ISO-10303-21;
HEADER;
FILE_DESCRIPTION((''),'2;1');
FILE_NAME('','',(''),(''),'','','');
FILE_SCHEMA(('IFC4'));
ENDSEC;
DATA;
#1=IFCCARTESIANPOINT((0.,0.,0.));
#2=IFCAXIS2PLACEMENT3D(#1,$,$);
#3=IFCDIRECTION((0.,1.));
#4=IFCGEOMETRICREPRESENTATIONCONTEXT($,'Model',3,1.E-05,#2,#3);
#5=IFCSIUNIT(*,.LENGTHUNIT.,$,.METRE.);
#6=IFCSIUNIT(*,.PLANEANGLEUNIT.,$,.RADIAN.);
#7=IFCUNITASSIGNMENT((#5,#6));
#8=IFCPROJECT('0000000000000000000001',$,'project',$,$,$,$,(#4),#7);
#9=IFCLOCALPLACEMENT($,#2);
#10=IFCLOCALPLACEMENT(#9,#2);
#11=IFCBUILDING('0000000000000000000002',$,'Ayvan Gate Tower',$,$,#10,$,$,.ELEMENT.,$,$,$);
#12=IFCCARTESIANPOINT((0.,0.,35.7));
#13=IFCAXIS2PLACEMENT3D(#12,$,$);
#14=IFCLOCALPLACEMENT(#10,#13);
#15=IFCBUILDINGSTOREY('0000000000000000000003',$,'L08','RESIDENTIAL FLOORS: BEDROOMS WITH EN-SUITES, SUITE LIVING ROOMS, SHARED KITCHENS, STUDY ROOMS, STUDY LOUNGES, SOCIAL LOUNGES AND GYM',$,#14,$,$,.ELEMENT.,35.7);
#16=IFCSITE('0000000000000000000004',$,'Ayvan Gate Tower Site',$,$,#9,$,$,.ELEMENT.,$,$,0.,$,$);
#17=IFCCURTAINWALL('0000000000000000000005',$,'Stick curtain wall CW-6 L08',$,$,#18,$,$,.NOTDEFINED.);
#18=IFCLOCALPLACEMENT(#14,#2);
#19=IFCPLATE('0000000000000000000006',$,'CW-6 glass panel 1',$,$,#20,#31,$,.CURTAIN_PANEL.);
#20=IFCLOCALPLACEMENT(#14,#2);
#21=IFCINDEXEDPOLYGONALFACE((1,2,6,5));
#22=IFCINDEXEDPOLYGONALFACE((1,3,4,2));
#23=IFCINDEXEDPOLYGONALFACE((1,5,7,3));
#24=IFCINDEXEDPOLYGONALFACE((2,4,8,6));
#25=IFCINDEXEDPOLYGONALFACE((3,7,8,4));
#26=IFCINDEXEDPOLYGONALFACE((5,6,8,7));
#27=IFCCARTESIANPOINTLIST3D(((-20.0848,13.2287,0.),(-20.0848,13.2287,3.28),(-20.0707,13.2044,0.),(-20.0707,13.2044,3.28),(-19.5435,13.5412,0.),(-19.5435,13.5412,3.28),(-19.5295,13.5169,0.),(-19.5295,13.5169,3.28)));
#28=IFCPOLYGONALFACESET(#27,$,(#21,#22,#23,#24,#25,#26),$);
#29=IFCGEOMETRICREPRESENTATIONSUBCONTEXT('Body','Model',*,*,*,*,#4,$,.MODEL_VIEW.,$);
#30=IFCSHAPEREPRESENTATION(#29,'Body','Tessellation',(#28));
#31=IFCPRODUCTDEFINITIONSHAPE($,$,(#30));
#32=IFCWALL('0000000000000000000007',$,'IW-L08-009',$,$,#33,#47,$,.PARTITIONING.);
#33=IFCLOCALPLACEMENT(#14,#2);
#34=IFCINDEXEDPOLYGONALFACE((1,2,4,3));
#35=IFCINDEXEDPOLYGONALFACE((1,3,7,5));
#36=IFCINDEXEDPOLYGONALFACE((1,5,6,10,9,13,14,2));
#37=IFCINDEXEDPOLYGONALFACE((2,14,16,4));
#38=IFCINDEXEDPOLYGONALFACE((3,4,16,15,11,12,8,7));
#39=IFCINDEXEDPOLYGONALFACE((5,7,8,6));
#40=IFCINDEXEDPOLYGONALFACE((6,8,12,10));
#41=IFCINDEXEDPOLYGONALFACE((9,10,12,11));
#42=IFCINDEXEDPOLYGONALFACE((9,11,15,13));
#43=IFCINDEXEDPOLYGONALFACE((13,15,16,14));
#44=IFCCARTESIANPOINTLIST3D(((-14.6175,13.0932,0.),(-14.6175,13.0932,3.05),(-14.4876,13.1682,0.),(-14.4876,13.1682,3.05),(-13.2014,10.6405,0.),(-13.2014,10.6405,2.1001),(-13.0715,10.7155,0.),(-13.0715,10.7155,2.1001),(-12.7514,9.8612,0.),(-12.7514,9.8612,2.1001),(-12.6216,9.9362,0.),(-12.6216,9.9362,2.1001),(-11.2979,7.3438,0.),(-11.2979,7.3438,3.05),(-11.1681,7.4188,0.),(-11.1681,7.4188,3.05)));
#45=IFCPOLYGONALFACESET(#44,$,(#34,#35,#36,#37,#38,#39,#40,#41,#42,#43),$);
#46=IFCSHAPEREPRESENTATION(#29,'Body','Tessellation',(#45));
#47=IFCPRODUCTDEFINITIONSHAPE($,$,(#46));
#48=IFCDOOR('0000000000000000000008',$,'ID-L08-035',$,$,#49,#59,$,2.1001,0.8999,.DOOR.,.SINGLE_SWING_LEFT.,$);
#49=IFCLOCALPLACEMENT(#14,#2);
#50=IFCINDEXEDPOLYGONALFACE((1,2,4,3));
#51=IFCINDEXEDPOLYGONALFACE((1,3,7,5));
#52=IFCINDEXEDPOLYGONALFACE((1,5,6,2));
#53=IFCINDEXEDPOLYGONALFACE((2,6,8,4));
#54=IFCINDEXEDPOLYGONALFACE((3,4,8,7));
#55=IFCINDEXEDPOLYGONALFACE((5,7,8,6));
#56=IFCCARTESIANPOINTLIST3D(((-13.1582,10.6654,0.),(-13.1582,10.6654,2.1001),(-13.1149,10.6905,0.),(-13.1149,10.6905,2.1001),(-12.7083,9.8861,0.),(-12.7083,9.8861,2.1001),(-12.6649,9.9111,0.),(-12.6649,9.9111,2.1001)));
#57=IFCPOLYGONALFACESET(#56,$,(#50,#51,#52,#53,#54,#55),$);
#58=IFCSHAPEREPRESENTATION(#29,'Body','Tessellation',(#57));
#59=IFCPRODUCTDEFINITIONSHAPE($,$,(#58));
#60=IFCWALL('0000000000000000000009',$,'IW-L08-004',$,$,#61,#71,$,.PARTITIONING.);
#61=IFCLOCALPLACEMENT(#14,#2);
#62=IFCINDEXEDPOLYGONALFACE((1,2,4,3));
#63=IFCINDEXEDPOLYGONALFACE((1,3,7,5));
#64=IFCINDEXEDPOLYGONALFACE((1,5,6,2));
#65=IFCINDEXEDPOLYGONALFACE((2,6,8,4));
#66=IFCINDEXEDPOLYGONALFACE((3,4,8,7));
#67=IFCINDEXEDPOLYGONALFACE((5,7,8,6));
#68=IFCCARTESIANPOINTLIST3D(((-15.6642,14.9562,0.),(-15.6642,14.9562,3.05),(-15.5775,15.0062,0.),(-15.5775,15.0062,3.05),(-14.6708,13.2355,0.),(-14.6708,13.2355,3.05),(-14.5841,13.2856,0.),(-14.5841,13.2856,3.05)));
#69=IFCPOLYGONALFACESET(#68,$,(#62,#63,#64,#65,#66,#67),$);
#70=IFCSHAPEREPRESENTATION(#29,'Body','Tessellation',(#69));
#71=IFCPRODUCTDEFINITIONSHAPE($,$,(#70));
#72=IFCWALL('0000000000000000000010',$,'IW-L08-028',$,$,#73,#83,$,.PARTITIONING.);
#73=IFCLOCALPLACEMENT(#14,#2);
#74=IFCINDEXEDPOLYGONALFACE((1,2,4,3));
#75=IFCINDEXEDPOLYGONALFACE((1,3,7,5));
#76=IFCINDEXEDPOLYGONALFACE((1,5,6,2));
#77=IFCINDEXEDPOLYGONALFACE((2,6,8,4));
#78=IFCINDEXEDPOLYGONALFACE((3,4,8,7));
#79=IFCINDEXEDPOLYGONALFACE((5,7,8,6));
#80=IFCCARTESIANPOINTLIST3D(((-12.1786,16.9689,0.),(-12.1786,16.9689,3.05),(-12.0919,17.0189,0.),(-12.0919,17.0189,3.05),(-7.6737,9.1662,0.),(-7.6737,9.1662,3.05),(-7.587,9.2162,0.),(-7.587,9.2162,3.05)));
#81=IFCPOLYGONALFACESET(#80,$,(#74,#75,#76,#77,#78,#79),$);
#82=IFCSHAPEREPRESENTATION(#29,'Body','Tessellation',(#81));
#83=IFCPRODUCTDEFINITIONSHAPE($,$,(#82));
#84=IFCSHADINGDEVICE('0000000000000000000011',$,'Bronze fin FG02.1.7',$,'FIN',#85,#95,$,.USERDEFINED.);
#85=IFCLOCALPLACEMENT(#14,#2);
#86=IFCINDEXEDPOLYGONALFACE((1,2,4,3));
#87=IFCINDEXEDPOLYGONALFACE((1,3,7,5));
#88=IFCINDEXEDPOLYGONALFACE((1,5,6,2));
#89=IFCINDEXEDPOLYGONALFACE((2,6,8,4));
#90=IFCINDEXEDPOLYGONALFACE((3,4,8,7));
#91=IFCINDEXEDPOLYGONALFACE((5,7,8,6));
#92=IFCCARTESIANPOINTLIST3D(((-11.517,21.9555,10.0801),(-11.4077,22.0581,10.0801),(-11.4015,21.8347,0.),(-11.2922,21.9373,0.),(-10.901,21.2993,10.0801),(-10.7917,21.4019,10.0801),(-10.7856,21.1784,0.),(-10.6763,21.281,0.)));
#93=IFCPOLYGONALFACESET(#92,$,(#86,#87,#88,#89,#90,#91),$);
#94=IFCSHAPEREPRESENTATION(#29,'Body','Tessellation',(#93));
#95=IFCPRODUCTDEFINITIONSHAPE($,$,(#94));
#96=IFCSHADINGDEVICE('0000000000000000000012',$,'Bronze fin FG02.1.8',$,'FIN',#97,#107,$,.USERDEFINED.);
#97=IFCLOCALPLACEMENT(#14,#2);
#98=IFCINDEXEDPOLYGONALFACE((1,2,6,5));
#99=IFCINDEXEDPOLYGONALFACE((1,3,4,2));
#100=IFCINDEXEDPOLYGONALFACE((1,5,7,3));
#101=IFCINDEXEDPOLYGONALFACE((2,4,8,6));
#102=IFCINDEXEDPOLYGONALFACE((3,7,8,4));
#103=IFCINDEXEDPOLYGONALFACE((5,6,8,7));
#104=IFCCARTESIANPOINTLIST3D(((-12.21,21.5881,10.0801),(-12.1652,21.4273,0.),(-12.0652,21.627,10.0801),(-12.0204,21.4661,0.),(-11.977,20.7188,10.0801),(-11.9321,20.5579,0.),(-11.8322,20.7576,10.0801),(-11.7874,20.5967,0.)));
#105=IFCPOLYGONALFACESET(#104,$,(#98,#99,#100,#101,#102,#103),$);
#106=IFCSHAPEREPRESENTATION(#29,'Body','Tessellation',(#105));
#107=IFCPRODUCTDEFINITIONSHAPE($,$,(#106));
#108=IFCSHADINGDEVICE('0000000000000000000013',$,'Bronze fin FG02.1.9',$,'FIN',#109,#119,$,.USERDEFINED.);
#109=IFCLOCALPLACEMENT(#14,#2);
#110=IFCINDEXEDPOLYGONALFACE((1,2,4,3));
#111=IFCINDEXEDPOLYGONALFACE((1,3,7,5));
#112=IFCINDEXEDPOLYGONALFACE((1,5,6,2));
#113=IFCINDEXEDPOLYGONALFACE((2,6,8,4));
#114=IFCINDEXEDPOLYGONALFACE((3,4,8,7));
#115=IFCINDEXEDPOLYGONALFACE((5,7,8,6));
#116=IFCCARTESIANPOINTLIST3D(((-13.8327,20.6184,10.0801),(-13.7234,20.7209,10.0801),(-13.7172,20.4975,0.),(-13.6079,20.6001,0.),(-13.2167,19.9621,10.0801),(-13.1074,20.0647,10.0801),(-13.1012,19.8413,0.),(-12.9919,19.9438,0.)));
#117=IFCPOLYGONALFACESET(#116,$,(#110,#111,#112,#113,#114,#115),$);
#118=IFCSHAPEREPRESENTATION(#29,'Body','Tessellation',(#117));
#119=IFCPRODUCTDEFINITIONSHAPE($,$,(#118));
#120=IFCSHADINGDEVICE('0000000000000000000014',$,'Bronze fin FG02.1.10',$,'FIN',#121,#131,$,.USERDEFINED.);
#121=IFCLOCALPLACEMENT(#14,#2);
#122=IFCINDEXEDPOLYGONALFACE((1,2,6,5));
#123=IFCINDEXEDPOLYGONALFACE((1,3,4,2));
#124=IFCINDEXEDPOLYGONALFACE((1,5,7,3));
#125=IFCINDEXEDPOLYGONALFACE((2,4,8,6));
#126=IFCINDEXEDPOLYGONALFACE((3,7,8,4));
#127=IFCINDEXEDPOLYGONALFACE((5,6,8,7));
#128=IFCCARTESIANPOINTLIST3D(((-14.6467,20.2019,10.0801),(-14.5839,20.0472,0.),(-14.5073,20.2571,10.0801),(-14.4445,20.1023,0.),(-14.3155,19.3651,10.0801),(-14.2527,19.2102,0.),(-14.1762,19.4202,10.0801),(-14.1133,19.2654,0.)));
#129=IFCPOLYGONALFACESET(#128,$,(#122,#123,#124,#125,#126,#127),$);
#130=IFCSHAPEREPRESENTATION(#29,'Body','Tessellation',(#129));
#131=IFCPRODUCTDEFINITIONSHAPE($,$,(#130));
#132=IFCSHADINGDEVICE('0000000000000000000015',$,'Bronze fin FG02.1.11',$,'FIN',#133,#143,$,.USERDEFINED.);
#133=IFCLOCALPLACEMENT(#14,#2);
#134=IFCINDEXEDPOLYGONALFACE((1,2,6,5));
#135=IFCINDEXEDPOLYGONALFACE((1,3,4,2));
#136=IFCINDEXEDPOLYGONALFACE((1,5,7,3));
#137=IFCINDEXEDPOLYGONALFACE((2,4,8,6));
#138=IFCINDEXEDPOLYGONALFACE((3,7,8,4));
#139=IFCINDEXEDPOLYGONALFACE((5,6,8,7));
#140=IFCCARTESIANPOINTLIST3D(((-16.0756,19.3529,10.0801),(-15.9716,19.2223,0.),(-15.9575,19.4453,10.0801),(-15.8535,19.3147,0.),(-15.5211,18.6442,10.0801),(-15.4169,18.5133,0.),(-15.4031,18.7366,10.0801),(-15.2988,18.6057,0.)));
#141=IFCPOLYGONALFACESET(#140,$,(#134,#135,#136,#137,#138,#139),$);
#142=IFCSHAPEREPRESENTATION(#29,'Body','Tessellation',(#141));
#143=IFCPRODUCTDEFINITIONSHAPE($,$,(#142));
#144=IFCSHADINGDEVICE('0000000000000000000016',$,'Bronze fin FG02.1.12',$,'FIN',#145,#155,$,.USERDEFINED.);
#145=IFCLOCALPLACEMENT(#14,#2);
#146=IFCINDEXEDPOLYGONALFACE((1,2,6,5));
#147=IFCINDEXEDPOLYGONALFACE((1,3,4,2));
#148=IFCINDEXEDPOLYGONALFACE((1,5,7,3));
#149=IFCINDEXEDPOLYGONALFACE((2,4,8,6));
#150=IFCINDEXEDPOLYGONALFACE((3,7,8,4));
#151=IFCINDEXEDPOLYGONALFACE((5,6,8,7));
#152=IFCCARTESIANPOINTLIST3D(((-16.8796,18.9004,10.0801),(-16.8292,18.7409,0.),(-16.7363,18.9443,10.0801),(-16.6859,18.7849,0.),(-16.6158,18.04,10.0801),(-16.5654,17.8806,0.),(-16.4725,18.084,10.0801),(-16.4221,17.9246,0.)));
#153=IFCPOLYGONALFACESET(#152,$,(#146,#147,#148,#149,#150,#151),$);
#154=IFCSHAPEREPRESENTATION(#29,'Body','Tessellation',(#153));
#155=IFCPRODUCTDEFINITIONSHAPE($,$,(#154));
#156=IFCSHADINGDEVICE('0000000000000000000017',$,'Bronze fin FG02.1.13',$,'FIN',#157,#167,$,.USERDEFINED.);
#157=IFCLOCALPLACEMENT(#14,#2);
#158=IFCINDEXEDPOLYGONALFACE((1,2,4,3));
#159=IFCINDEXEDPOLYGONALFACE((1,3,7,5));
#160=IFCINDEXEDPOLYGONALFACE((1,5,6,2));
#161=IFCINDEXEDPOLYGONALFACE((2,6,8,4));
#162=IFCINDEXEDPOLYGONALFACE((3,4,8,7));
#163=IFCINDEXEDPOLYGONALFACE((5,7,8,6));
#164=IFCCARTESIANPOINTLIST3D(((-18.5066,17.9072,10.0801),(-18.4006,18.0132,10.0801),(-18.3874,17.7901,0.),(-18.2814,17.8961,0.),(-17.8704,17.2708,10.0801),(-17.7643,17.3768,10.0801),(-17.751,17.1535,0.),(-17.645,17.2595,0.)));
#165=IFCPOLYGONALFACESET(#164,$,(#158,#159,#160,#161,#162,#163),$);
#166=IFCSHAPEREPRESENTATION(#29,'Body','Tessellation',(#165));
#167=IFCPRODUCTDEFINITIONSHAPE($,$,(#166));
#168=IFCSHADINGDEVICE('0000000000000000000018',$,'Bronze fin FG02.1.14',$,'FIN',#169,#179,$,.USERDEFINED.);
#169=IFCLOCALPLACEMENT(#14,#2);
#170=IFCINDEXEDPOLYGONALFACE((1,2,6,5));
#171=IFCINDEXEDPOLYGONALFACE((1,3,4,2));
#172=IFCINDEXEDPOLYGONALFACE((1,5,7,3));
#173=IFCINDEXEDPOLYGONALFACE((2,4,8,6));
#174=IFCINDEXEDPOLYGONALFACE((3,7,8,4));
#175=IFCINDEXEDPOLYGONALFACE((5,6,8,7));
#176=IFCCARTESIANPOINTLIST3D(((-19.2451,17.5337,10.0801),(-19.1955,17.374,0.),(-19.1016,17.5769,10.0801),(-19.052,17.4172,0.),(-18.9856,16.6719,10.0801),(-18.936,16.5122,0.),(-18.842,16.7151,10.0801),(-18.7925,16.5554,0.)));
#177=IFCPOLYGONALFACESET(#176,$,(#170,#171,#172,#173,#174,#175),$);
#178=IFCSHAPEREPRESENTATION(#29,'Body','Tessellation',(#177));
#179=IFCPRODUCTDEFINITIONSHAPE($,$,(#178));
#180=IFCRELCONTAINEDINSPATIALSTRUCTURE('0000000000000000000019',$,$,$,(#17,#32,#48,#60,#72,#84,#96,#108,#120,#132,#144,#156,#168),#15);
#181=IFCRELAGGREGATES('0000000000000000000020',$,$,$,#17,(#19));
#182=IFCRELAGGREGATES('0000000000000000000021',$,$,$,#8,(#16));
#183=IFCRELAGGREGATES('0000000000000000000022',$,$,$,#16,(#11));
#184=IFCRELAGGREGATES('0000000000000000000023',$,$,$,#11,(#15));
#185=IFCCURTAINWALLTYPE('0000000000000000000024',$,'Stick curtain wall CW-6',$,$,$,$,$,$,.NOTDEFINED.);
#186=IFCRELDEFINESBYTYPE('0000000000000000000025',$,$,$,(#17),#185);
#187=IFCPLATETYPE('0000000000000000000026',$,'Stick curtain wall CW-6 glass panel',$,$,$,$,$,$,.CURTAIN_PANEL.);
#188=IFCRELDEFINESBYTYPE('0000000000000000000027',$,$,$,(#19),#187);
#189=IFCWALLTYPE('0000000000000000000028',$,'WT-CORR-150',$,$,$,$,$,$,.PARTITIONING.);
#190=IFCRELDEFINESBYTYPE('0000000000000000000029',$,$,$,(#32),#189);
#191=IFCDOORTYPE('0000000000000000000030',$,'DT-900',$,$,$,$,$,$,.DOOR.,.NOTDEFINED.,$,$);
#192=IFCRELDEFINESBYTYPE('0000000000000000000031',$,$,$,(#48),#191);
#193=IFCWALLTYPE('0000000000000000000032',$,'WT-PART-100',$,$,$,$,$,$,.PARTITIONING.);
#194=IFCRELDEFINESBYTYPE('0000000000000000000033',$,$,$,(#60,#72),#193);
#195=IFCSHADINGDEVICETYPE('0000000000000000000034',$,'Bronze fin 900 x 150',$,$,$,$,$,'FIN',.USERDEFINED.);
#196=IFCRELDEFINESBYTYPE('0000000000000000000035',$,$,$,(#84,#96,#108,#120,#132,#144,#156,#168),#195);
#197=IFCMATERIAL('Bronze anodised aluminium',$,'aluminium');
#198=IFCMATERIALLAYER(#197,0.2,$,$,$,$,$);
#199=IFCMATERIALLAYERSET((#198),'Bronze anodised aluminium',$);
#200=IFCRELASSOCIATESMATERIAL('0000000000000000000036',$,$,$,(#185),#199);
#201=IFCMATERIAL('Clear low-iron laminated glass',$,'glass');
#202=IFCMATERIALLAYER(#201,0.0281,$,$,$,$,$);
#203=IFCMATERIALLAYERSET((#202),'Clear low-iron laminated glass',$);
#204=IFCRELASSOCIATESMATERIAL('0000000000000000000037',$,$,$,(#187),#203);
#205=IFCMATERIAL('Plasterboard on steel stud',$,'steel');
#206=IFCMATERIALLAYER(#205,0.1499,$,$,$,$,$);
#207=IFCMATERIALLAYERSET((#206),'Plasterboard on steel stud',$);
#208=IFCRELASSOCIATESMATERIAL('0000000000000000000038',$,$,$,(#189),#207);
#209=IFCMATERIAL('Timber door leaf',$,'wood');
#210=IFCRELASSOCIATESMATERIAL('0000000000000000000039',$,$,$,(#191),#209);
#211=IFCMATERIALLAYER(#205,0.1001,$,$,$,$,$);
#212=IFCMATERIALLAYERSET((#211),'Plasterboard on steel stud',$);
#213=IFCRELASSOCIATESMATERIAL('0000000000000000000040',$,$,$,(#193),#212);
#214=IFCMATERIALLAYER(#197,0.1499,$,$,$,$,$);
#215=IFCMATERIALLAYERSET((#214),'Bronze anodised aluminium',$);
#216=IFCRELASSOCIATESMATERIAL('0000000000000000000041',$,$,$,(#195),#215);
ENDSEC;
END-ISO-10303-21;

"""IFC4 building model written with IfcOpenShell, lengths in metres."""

from ifc_helpers import new_model, si_unit, direction, frame, frame_2d, origin, origin_2d, place, context, subcontext, project, spatial, polyline, rectangle, outline, extrude, material, layer, layer_set, type_object, element, fill, aggregate, save


model = new_model("IFC4")

# Units and contexts
model_context = context("Model", 3, precision=1e-05, world=origin(), true_north=direction((0.0, 1.0)))
body_context = subcontext(model_context, "Body", "Model", "MODEL_VIEW")
ifc_project = project(units=[si_unit("LENGTHUNIT", "METRE"), si_unit("PLANEANGLEUNIT", "RADIAN")], contexts=[model_context])

# Site, building, storey
site_placement = place(None, origin())
site = spatial("IfcSite", under=ifc_project, at=site_placement, Name="Ayvan Gate Tower Site", CompositionType="ELEMENT", RefElevation=0.0)
building_placement = place(site_placement, origin())
building = spatial("IfcBuilding", under=site, at=building_placement, Name="Ayvan Gate Tower", CompositionType="ELEMENT")
storey_placement = place(building_placement, frame((0.0, 0.0, 35.7)))
storey = spatial("IfcBuildingStorey", under=building, at=storey_placement, Name="L08", Description="RESIDENTIAL FLOORS: BEDROOMS WITH EN-SUITES, SUITE LIVING ROOMS, SHARED KITCHENS, STUDY ROOMS, STUDY LOUNGES, SOCIAL LOUNGES AND GYM", CompositionType="ELEMENT", Elevation=35.7)

# Curtain wall
ifc_material_1 = material(Name="Bronze anodised aluminium", Category="aluminium")
ifc_layer_1 = layer(ifc_material_1, 0.2)
ifc_layer_set_1 = layer_set([ifc_layer_1], Name="Bronze anodised aluminium")
curtain_wall_type_1 = type_object("IfcCurtainWallType", Name="Stick curtain wall CW-6", PredefinedType="NOTDEFINED", material=ifc_layer_set_1)
curtain_wall_1_placement = place(storey_placement, origin())
curtain_wall_1 = element("IfcCurtainWall", 1, at=curtain_wall_1_placement, inside=storey, type_object=curtain_wall_type_1, Name="Stick curtain wall CW-6 L08", PredefinedType="NOTDEFINED")

# Plate
ifc_material_2 = material(Name="Clear low-iron laminated glass", Category="glass")
ifc_layer_2 = layer(ifc_material_2, 0.0281)
ifc_layer_set_2 = layer_set([ifc_layer_2], Name="Clear low-iron laminated glass")
plate_type_1 = type_object("IfcPlateType", Name="Stick curtain wall CW-6 glass panel", PredefinedType="CURTAIN_PANEL", material=ifc_layer_set_2)
plate_1_placement = place(storey_placement, frame((-19.8071, 13.3728, 0.0), z_axis=(0.0, 0.0, 1.0), x_axis=(-0.866025, -0.5, 0.0)))
plate_1 = element("IfcPlate", 2, at=plate_1_placement, type_object=plate_type_1, Name="CW-6 glass panel 1", PredefinedType="CURTAIN_PANEL", context=body_context, shape_type="SweptSolid", body=[
    extrude(rectangle(XDim=0.625, YDim=0.0281, at=origin_2d()), origin(), (0.0, 0.0, 1.0), 3.28),
])
aggregate(curtain_wall_1, [plate_1])

# Wall, opening, door
ifc_material_3 = material(Name="Plasterboard on steel stud", Category="steel")
ifc_layer_3 = layer(ifc_material_3, 0.1499)
ifc_layer_set_3 = layer_set([ifc_layer_3], Name="Plasterboard on steel stud")
wall_type_1 = type_object("IfcWallType", Name="WT-CORR-150", PredefinedType="PARTITIONING", material=ifc_layer_set_3)
wall_1_placement = place(storey_placement, frame((-14.5525, 13.1306, 0.0), z_axis=(0.0, 0.0, 1.0), x_axis=(0.500011, -0.866019, 0.0)))
wall_1 = element("IfcWall", 3, at=wall_1_placement, inside=storey, type_object=wall_type_1, Name="IW-L08-009", PredefinedType="PARTITIONING", context=body_context, shape_type="SweptSolid", body=[
    extrude(rectangle(XDim=6.6389, YDim=0.1499, at=frame_2d((3.3193, 0.0))), origin(), (0.0, 0.0, 1.0), 3.05),
])
opening_placement = place(wall_1_placement, frame((2.832, 0.0, 0.0)))
opening = element("IfcOpeningElement", 4, at=opening_placement, cuts=wall_1, PredefinedType="OPENING", context=body_context, shape_type="SweptSolid", body=[
    extrude(rectangle(XDim=0.8999, YDim=2.1001, at=frame_2d((0.45, 1.05))), frame((0.0, 0.085, 0.0), z_axis=(0.0, -1.0, 0.0), x_axis=(1.0, 0.0, 0.0)), (0.0, 0.0, 1.0), 0.1699),
])
ifc_material_4 = material(Name="Timber door leaf", Category="wood")
door_type = type_object("IfcDoorType", Name="DT-900", OperationType="NOTDEFINED", PredefinedType="DOOR", material=ifc_material_4)
door_placement = place(opening_placement, origin())
door = element("IfcDoor", 5, at=door_placement, inside=storey, type_object=door_type, Name="ID-L08-035", OperationType="SINGLE_SWING_LEFT", OverallHeight=2.1001, OverallWidth=0.8999, PredefinedType="DOOR", context=body_context, shape_type="SweptSolid", body=[
    extrude(rectangle(XDim=0.8999, YDim=2.1001, at=frame_2d((0.45, 1.05))), frame((0.0, 0.0249, 0.0), z_axis=(0.0, -1.0, 0.0), x_axis=(1.0, 0.0, 0.0)), (0.0, 0.0, 1.0), 0.05),
])
fill(opening, door)

# Walls
ifc_layer_4 = layer(ifc_material_3, 0.1001)
ifc_layer_set_4 = layer_set([ifc_layer_4], Name="Plasterboard on steel stud")
wall_type_2 = type_object("IfcWallType", Name="WT-PART-100", PredefinedType="PARTITIONING", material=ifc_layer_set_4)
wall_2_placement = place(storey_placement, frame((-15.6208, 14.9812, 0.0), z_axis=(0.0, 0.0, 1.0), x_axis=(0.499985, -0.866034, 0.0)))
element("IfcWall", 6, at=wall_2_placement, inside=storey, type_object=wall_type_2, Name="IW-L08-004", PredefinedType="PARTITIONING", context=body_context, shape_type="SweptSolid", body=[
    extrude(rectangle(XDim=1.9868, YDim=0.1001, at=frame_2d((0.9934, 0.0))), origin(), (0.0, 0.0, 1.0), 3.05),
])
wall_3_placement = place(storey_placement, frame((-12.1353, 16.9939, 0.0), z_axis=(0.0, 0.0, 1.0), x_axis=(0.499998, -0.866027, 0.0)))
element("IfcWall", 7, at=wall_3_placement, inside=storey, type_object=wall_type_2, Name="IW-L08-028", PredefinedType="PARTITIONING", context=body_context, shape_type="SweptSolid", body=[
    extrude(rectangle(XDim=9.0098, YDim=0.1001, at=frame_2d((4.5049, 0.0))), origin(), (0.0, 0.0, 1.0), 3.05),
])

# Shading devices
ifc_layer_5 = layer(ifc_material_1, 0.1499)
ifc_layer_set_5 = layer_set([ifc_layer_5], Name="Bronze anodised aluminium")
shading_device_type = type_object("IfcShadingDeviceType", Name="Bronze fin 900 x 150", ElementType="FIN", PredefinedType="USERDEFINED", material=ifc_layer_set_5)
shading_device_1_placement = place(storey_placement, frame((-10.6763, 21.281, 0.0), z_axis=(0.729131, 0.684374, 0.000148), x_axis=(-0.684374, 0.729131, 0.0)))
element("IfcShadingDevice", 8, at=shading_device_1_placement, inside=storey, type_object=shading_device_type, Name="Bronze fin FG02.1.7", ObjectType="FIN", PredefinedType="USERDEFINED", context=body_context, shape_type="SweptSolid", body=[
    extrude(outline(polyline([(0.0, 0.0), (0.9, 0.0), (1.0672, 10.0801), (0.1671, 10.0801), (0.0, 0.0)])), origin(), (0.0, 0.0, -1.0), 0.1499),
])
shading_device_2_placement = place(storey_placement, frame((-11.7874, 20.5967, 0.0), z_axis=(0.965903, 0.258903, 0.00016), x_axis=(-0.258903, 0.965903, 0.0)))
element("IfcShadingDevice", 9, at=shading_device_2_placement, inside=storey, type_object=shading_device_type, Name="Bronze fin FG02.1.8", ObjectType="FIN", PredefinedType="USERDEFINED", context=body_context, shape_type="SweptSolid", body=[
    extrude(outline(polyline([(0.0, 0.0), (0.9001, 0.0), (1.0671, 10.0801), (0.167, 10.0801), (0.0, 0.0)])), origin(), (0.0, 0.0, -1.0), 0.1499),
])
shading_device_3_placement = place(storey_placement, frame((-12.9919, 19.9438, 0.0), z_axis=(0.729131, 0.684374, 0.000148), x_axis=(-0.684374, 0.729131, 0.0)))
element("IfcShadingDevice", 10, at=shading_device_3_placement, inside=storey, type_object=shading_device_type, Name="Bronze fin FG02.1.9", ObjectType="FIN", PredefinedType="USERDEFINED", context=body_context, shape_type="SweptSolid", body=[
    extrude(outline(polyline([(0.0, 0.0), (0.9, 0.0), (1.0672, 10.0801), (0.1671, 10.0801), (0.0, 0.0)])), origin(), (0.0, 0.0, -1.0), 0.1499),
])
shading_device_4_placement = place(storey_placement, frame((-14.1133, 19.2654, 0.0), z_axis=(0.929845, 0.367951, 0.000149), x_axis=(-0.367951, 0.929845, 0.0)))
element("IfcShadingDevice", 11, at=shading_device_4_placement, inside=storey, type_object=shading_device_type, Name="Bronze fin FG02.1.10", ObjectType="FIN", PredefinedType="USERDEFINED", context=body_context, shape_type="SweptSolid", body=[
    extrude(outline(polyline([(0.0, 0.0), (0.9001, 0.0), (1.0671, 10.0801), (0.1671, 10.0801), (0.0, 0.0)])), origin(), (0.0, 0.0, -1.0), 0.1499),
])
shading_device_5_placement = place(storey_placement, frame((-15.2988, 18.6057, 0.0), z_axis=(0.787611, 0.616173, 0.000144), x_axis=(-0.616173, 0.787611, 0.0)))
element("IfcShadingDevice", 12, at=shading_device_5_placement, inside=storey, type_object=shading_device_type, Name="Bronze fin FG02.1.11", ObjectType="FIN", PredefinedType="USERDEFINED", context=body_context, shape_type="SweptSolid", body=[
    extrude(outline(polyline([(0.0, 0.0), (0.9002, 0.0), (1.0671, 10.0801), (0.1673, 10.0801), (0.0, 0.0)])), origin(), (0.0, 0.0, -1.0), 0.1499),
])
shading_device_6_placement = place(storey_placement, frame((-16.4221, 17.9246, 0.0), z_axis=(0.956069, 0.293142, 0.000145), x_axis=(-0.293142, 0.956069, 0.0)))
element("IfcShadingDevice", 13, at=shading_device_6_placement, inside=storey, type_object=shading_device_type, Name="Bronze fin FG02.1.12", ObjectType="FIN", PredefinedType="USERDEFINED", context=body_context, shape_type="SweptSolid", body=[
    extrude(outline(polyline([(0.0, 0.0), (0.8998, 0.0), (1.0671, 10.0801), (0.1672, 10.0801), (0.0, 0.0)])), origin(), (0.0, 0.0, -1.0), 0.1499),
])
shading_device_7_placement = place(storey_placement, frame((-17.645, 17.2595, 0.0), z_axis=(0.707175, 0.707039, 0.000147), x_axis=(-0.707039, 0.707175, 0.0)))
element("IfcShadingDevice", 14, at=shading_device_7_placement, inside=storey, type_object=shading_device_type, Name="Bronze fin FG02.1.13", ObjectType="FIN", PredefinedType="USERDEFINED", context=body_context, shape_type="SweptSolid", body=[
    extrude(outline(polyline([(0.0, 0.0), (0.9001, 0.0), (1.0672, 10.0801), (0.1673, 10.0801), (0.0, 0.0)])), origin(), (0.0, 0.0, -1.0), 0.1499),
])
shading_device_8_placement = place(storey_placement, frame((-18.7925, 16.5554, 0.0), z_axis=(0.957527, 0.288343, 0.000141), x_axis=(-0.288343, 0.957527, 0.0)))
element("IfcShadingDevice", 15, at=shading_device_8_placement, inside=storey, type_object=shading_device_type, Name="Bronze fin FG02.1.14", ObjectType="FIN", PredefinedType="USERDEFINED", context=body_context, shape_type="SweptSolid", body=[
    extrude(outline(polyline([(0.0, 0.0), (0.9, 0.0), (1.0672, 10.0801), (0.1672, 10.0801), (0.0, 0.0)])), origin(), (0.0, 0.0, -1.0), 0.1499),
])

save(model, "model.ifc")
